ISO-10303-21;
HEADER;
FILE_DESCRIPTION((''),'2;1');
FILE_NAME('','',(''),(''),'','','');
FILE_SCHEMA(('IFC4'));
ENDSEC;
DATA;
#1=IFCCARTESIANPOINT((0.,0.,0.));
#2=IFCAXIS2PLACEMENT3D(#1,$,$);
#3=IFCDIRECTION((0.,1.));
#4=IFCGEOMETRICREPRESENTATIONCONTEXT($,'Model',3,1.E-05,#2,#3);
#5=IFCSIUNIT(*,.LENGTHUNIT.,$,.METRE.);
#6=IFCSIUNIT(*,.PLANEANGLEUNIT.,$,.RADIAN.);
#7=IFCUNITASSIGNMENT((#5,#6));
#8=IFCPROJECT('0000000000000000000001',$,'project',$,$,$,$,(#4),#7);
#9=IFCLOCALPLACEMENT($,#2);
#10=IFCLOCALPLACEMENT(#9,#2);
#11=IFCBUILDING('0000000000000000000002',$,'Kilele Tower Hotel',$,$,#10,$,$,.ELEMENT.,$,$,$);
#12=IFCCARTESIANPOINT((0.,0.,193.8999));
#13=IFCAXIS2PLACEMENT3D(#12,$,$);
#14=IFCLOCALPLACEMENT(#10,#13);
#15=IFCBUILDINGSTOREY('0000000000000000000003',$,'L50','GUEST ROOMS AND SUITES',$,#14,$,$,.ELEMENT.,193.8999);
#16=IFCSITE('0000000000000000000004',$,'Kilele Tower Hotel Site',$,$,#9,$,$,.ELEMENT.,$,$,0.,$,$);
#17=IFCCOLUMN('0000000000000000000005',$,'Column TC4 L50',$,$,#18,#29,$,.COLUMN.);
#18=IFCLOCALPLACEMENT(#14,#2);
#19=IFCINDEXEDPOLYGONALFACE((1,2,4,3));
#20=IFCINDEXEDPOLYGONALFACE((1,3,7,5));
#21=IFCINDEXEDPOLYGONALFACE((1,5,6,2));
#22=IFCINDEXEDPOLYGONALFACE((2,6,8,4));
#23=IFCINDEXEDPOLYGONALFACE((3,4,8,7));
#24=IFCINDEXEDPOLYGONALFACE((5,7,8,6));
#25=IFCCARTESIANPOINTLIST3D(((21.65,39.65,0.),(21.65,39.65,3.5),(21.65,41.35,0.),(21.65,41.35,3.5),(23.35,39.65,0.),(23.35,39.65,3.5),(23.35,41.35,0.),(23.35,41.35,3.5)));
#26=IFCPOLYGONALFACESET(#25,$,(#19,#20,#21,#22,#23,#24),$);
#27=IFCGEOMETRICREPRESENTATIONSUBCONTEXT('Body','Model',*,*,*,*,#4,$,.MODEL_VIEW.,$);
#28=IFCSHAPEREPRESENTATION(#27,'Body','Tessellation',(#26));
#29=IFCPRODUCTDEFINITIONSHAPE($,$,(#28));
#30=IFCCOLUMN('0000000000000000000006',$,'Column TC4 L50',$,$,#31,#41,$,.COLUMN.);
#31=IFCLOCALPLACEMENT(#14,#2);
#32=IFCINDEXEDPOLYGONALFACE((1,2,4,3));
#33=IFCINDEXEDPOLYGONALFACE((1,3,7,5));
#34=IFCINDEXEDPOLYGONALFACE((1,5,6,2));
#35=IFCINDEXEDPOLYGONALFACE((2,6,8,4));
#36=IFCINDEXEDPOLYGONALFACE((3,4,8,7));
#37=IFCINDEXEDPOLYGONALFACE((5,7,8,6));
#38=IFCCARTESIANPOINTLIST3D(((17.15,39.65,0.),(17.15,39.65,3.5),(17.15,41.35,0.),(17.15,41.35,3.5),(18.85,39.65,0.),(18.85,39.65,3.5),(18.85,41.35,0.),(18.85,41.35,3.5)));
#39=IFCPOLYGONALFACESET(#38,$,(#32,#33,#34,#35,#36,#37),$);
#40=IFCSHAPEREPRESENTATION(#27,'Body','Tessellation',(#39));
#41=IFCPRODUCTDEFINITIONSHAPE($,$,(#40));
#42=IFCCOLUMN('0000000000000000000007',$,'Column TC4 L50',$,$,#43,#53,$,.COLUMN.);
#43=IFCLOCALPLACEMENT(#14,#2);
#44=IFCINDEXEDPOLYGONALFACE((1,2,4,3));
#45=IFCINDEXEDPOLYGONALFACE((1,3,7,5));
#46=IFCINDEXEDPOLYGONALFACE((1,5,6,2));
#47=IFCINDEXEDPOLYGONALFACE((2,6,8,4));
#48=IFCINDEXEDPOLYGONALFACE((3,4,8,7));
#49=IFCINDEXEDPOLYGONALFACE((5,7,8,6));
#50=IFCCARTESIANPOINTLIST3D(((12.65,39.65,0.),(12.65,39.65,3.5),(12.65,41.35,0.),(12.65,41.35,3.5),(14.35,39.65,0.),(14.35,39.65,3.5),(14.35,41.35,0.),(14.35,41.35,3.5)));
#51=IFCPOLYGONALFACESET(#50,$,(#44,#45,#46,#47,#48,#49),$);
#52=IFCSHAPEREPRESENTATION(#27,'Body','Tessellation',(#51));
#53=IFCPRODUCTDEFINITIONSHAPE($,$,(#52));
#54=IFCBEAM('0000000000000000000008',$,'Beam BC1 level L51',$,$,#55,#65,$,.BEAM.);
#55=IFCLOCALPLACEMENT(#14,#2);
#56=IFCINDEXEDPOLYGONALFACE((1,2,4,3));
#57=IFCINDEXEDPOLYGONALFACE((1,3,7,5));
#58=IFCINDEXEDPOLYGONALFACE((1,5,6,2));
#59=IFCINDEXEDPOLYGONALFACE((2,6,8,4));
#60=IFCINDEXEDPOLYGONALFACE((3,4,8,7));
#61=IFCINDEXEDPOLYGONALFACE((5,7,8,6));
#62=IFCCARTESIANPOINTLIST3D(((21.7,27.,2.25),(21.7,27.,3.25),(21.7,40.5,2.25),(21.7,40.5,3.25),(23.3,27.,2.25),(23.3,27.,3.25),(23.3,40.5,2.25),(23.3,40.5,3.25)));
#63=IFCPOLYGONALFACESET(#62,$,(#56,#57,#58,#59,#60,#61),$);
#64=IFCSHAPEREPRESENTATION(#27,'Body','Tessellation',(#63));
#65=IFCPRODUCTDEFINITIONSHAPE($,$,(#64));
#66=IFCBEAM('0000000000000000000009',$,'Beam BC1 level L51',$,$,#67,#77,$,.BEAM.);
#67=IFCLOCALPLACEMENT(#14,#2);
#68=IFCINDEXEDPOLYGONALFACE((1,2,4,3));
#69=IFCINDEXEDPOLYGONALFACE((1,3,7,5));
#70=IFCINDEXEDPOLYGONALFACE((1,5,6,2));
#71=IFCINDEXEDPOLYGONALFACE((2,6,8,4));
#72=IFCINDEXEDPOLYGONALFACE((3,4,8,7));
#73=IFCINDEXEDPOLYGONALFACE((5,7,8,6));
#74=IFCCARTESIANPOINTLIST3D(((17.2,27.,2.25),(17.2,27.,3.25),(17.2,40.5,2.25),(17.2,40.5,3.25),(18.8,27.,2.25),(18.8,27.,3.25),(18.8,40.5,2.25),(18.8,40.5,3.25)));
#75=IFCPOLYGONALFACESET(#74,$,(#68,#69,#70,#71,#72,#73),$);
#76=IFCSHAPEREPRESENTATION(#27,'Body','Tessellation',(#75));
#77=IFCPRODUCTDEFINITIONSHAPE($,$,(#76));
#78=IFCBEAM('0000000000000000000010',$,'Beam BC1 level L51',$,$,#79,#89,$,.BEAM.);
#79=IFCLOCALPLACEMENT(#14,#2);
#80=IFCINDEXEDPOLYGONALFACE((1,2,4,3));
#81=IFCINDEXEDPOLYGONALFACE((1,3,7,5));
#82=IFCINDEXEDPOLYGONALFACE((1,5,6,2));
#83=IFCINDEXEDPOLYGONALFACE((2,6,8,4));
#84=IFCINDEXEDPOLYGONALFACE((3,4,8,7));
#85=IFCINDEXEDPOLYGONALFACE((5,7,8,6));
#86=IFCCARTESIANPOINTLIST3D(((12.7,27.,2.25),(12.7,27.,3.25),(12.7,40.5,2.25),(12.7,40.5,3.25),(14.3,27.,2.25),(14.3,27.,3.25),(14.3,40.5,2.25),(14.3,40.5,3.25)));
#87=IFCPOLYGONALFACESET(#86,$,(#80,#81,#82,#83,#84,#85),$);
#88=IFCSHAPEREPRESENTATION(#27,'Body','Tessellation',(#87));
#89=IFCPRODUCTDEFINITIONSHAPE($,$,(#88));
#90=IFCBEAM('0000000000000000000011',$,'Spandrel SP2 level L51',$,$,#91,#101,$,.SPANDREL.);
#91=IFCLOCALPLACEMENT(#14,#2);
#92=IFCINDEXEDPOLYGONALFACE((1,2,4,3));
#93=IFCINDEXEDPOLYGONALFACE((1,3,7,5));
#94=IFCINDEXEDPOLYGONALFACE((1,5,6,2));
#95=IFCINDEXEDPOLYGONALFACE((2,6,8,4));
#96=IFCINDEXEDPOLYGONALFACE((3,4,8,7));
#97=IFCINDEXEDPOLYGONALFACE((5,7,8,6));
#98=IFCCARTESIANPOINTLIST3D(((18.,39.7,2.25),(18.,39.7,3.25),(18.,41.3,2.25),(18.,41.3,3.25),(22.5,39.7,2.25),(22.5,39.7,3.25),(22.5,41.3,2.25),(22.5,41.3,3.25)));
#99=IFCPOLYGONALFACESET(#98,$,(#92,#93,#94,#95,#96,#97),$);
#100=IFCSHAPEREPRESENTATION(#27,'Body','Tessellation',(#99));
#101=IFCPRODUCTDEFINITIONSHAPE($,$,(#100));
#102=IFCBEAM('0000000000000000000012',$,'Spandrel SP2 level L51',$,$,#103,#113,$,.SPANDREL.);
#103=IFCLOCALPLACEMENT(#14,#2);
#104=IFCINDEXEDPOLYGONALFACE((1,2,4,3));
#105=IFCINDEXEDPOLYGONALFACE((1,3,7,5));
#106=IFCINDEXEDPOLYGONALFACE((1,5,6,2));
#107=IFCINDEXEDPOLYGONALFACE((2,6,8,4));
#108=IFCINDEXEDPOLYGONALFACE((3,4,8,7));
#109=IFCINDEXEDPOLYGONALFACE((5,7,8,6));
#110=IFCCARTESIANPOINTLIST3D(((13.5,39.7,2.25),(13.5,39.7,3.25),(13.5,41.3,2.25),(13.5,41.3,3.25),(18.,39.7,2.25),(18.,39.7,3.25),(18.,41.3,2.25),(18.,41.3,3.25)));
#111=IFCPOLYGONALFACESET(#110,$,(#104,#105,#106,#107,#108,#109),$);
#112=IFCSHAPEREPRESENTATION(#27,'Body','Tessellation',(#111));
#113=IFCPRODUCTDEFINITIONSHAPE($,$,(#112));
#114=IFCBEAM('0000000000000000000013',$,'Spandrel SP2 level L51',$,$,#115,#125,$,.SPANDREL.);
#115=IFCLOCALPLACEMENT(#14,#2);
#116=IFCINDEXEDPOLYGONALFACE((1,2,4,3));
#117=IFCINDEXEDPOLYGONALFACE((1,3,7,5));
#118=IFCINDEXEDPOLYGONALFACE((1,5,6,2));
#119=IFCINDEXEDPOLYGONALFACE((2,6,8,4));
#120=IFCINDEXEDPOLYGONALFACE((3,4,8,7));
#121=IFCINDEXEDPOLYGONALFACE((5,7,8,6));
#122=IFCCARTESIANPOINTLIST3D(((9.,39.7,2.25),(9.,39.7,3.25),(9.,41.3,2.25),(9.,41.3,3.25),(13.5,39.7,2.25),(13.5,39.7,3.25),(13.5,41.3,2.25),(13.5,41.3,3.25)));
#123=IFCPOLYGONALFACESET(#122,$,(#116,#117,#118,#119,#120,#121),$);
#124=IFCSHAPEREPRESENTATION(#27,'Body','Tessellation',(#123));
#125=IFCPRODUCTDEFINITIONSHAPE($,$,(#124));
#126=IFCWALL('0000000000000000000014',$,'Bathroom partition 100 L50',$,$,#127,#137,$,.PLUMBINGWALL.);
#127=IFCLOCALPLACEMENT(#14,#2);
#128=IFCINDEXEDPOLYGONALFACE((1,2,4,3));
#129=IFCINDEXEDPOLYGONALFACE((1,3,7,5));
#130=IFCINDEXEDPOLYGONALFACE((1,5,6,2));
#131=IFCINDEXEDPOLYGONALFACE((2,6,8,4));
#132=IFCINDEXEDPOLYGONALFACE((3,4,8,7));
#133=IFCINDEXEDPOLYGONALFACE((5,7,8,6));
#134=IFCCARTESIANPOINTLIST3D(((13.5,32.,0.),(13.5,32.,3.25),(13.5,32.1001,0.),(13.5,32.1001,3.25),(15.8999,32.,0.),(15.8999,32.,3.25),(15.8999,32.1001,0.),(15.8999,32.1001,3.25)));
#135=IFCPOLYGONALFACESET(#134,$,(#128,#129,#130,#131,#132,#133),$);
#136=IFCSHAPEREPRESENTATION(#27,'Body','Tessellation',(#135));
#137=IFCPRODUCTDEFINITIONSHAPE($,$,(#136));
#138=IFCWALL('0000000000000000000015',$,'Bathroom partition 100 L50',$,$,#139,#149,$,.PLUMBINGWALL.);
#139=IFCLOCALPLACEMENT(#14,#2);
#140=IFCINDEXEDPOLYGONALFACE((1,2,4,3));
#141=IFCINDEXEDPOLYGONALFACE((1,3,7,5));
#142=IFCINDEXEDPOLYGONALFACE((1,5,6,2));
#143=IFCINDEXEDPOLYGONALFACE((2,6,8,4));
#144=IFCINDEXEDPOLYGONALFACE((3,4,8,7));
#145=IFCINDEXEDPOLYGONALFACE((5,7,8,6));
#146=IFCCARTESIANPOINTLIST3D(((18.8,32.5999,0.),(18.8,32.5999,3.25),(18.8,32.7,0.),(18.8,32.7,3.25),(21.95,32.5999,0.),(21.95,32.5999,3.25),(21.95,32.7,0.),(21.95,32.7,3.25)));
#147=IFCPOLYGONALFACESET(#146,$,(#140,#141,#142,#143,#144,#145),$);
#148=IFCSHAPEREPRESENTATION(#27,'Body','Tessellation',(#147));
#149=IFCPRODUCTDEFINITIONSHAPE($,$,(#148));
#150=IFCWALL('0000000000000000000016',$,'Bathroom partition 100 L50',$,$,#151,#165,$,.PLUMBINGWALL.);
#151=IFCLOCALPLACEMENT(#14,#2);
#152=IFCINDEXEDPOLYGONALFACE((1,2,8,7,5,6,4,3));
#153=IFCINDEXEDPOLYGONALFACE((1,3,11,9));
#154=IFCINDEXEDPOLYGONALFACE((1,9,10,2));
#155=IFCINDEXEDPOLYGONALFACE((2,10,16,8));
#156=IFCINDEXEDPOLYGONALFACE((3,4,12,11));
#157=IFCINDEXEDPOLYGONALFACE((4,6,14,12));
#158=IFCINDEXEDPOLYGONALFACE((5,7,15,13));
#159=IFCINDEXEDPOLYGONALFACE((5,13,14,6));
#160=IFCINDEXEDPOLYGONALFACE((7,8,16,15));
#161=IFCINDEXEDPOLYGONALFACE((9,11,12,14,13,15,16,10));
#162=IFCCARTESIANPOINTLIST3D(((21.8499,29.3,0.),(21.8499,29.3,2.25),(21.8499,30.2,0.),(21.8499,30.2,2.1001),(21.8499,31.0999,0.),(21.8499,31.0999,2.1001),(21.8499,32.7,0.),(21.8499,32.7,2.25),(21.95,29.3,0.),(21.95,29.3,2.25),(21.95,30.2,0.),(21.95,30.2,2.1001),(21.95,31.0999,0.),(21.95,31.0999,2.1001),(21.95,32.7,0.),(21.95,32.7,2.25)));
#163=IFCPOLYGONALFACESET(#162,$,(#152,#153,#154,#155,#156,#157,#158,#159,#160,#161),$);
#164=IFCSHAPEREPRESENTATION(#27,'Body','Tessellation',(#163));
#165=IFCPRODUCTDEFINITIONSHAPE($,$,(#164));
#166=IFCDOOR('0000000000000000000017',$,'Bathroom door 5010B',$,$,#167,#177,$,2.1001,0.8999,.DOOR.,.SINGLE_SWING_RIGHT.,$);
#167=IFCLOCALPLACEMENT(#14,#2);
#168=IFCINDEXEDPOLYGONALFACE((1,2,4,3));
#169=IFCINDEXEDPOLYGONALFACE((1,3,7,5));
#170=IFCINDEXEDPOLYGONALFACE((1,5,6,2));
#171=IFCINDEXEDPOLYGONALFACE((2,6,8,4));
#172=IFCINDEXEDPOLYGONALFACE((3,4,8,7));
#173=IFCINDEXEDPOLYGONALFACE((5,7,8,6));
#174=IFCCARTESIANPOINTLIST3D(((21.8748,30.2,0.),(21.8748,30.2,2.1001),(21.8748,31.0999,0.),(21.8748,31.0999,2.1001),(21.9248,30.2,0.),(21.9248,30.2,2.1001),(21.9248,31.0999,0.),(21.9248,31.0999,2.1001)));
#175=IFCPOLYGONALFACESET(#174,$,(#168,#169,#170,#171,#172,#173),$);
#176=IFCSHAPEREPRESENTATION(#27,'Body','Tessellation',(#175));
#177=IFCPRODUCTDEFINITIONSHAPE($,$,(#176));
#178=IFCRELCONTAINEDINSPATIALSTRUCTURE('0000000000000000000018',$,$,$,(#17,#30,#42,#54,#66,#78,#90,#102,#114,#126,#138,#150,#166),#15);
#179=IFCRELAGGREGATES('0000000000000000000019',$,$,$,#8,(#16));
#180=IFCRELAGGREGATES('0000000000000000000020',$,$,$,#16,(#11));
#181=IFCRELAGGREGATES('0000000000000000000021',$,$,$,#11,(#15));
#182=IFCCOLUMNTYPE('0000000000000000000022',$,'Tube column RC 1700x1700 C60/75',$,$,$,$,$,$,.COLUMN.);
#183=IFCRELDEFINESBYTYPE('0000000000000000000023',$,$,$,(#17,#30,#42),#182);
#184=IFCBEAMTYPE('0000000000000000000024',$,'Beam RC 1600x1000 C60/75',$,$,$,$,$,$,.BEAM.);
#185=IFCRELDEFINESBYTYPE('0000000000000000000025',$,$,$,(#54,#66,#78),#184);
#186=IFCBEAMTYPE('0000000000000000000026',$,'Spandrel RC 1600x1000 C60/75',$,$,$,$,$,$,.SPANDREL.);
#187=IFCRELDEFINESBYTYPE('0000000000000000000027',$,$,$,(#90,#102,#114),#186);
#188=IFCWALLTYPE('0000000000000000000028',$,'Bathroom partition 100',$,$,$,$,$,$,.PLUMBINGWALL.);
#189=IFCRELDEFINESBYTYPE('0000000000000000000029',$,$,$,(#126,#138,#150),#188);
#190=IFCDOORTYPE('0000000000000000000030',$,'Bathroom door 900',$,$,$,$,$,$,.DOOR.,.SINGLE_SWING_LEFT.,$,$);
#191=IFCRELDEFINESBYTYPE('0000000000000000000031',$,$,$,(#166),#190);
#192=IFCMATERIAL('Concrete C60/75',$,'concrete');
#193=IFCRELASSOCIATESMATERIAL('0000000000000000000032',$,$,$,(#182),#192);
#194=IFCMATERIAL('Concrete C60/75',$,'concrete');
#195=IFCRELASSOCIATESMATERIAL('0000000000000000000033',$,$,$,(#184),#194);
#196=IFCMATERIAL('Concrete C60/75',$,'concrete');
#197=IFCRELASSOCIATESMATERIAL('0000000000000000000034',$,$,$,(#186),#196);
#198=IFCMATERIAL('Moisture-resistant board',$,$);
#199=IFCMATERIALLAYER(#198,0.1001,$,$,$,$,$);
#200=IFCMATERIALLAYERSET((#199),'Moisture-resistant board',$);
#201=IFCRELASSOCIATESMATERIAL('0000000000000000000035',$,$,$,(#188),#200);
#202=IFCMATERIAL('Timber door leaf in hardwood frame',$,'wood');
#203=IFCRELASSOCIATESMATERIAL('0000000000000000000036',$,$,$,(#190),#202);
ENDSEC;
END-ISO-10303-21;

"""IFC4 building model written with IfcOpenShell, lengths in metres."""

from ifc_helpers import new_model, si_unit, direction, frame, frame_2d, origin, origin_2d, place, context, subcontext, project, spatial, rectangle, extrude, material, layer, layer_set, material_profile, profile_set, type_object, element, fill, save


model = new_model("IFC4")

# Units and contexts
model_context = context("Model", 3, precision=1e-05, world=origin(), true_north=direction((0.0, 1.0)))
body_context = subcontext(model_context, "Body", "Model", "MODEL_VIEW")
ifc_project = project(units=[si_unit("LENGTHUNIT", "METRE"), si_unit("PLANEANGLEUNIT", "RADIAN")], contexts=[model_context])

# Site, building, storey
site_placement = place(None, origin())
site = spatial("IfcSite", under=ifc_project, at=site_placement, Name="Kilele Tower Hotel Site", CompositionType="ELEMENT", RefElevation=0.0)
building_placement = place(site_placement, origin())
building = spatial("IfcBuilding", under=site, at=building_placement, Name="Kilele Tower Hotel", CompositionType="ELEMENT")
storey_placement = place(building_placement, frame((0.0, 0.0, 193.8999)))
storey = spatial("IfcBuildingStorey", under=building, at=storey_placement, Name="L50", Description="GUEST ROOMS AND SUITES", CompositionType="ELEMENT", Elevation=193.8999)

# Columns
ifc_material_1 = material(Name="Concrete C60/75", Category="concrete")
ifc_material_profile_1 = material_profile(ifc_material_1, rectangle(XDim=1.7, YDim=1.7, at=origin_2d()))
ifc_profile_set_1 = profile_set([ifc_material_profile_1], Name="Concrete C60/75")
column_type = type_object("IfcColumnType", Name="Tube column RC 1700x1700 C60/75", PredefinedType="COLUMN", material=ifc_profile_set_1)
for number, where, z_axis, x_axis, name in (
    (1, (22.5, 40.5, 0.0), (0.0, 0.0, 1.0), (1.0, 0.0, 0.0), "Column TC4 L50"),
    (2, (18.0, 40.5, 0.0), (0.0, 0.0, 1.0), (1.0, 0.0, 0.0), "Column TC4 L50"),
    (3, (13.5, 40.5, 0.0), (0.0, 0.0, 1.0), (1.0, 0.0, 0.0), "Column TC4 L50"),
):
    element("IfcColumn", number, at=place(storey_placement, frame(where, z_axis=z_axis, x_axis=x_axis)), inside=storey, type_object=column_type, Name=name, PredefinedType="COLUMN", context=body_context, shape_type="SweptSolid", body=[
        extrude(rectangle(XDim=1.7, YDim=1.7, at=origin_2d()), origin(), (0.0, 0.0, 1.0), 3.5),
    ])

# Beams
ifc_material_2 = material(Name="Concrete C60/75", Category="concrete")
ifc_material_profile_2 = material_profile(ifc_material_2, rectangle(XDim=1.6001, YDim=1.0, at=origin_2d()))
ifc_profile_set_2 = profile_set([ifc_material_profile_2], Name="Concrete C60/75")
beam_type_1 = type_object("IfcBeamType", Name="Beam RC 1600x1000 C60/75", PredefinedType="BEAM", material=ifc_profile_set_2)
for number, where, z_axis, x_axis, name in (
    (4, (22.5, 40.5, 2.75), (0.0, -1.0, 0.0), (1.0, 0.0, 0.0), "Beam BC1 level L51"),
    (5, (18.0, 40.5, 2.75), (0.0, -1.0, 0.0), (1.0, 0.0, 0.0), "Beam BC1 level L51"),
    (6, (13.5, 40.5, 2.75), (0.0, -1.0, 0.0), (1.0, 0.0, 0.0), "Beam BC1 level L51"),
):
    element("IfcBeam", number, at=place(storey_placement, frame(where, z_axis=z_axis, x_axis=x_axis)), inside=storey, type_object=beam_type_1, Name=name, PredefinedType="BEAM", context=body_context, shape_type="SweptSolid", body=[
        extrude(rectangle(XDim=1.6001, YDim=1.0, at=origin_2d()), origin(), (0.0, 0.0, 1.0), 13.5),
    ])
ifc_material_3 = material(Name="Concrete C60/75", Category="concrete")
ifc_material_profile_3 = material_profile(ifc_material_3, rectangle(XDim=1.6001, YDim=1.0, at=origin_2d()))
ifc_profile_set_3 = profile_set([ifc_material_profile_3], Name="Concrete C60/75")
beam_type_2 = type_object("IfcBeamType", Name="Spandrel RC 1600x1000 C60/75", PredefinedType="SPANDREL", material=ifc_profile_set_3)
for number, where, z_axis, x_axis, name in (
    (7, (22.5, 40.5, 2.75), (-1.0, 0.0, 0.0), (0.0, -1.0, 0.0), "Spandrel SP2 level L51"),
    (8, (18.0, 40.5, 2.75), (-1.0, 0.0, 0.0), (0.0, -1.0, 0.0), "Spandrel SP2 level L51"),
    (9, (13.5, 40.5, 2.75), (-1.0, 0.0, 0.0), (0.0, -1.0, 0.0), "Spandrel SP2 level L51"),
):
    element("IfcBeam", number, at=place(storey_placement, frame(where, z_axis=z_axis, x_axis=x_axis)), inside=storey, type_object=beam_type_2, Name=name, PredefinedType="SPANDREL", context=body_context, shape_type="SweptSolid", body=[
        extrude(rectangle(XDim=1.6001, YDim=1.0, at=origin_2d()), origin(), (0.0, 0.0, 1.0), 4.5),
    ])

# Walls
ifc_material_4 = material(Name="Moisture-resistant board")
ifc_layer_1 = layer(ifc_material_4, 0.1001)
ifc_layer_set_1 = layer_set([ifc_layer_1], Name="Moisture-resistant board")
wall_type_1 = type_object("IfcWallType", Name="Bathroom partition 100", PredefinedType="PLUMBINGWALL", material=ifc_layer_set_1)
wall_1_placement = place(storey_placement, frame((13.5, 32.05, 0.0), z_axis=(0.0, 0.0, 1.0), x_axis=(1.0, 0.0, 0.0)))
element("IfcWall", 10, at=wall_1_placement, inside=storey, type_object=wall_type_1, Name="Bathroom partition 100 L50", PredefinedType="PLUMBINGWALL", context=body_context, shape_type="SweptSolid", body=[
    extrude(rectangle(XDim=2.3999, YDim=0.1001, at=frame_2d((1.2, 0.0))), origin(), (0.0, 0.0, 1.0), 3.25),
])
wall_2_placement = place(storey_placement, frame((18.8, 32.6499, 0.0), z_axis=(0.0, 0.0, 1.0), x_axis=(1.0, 0.0, 0.0)))
element("IfcWall", 11, at=wall_2_placement, inside=storey, type_object=wall_type_1, Name="Bathroom partition 100 L50", PredefinedType="PLUMBINGWALL", context=body_context, shape_type="SweptSolid", body=[
    extrude(rectangle(XDim=3.1499, YDim=0.1001, at=frame_2d((1.575, 0.0))), origin(), (0.0, 0.0, 1.0), 3.25),
])

# Wall, opening, door
wall_3_placement = place(storey_placement, frame((21.8999, 29.3, 0.0), z_axis=(0.0, 0.0, 1.0), x_axis=(0.0, 1.0, 0.0)))
wall_3 = element("IfcWall", 12, at=wall_3_placement, inside=storey, type_object=wall_type_1, Name="Bathroom partition 100 L50", PredefinedType="PLUMBINGWALL", context=body_context, shape_type="SweptSolid", body=[
    extrude(rectangle(XDim=3.3999, YDim=0.1001, at=frame_2d((1.7, 0.0))), origin(), (0.0, 0.0, 1.0), 2.25),
])
opening_1_placement = place(wall_3_placement, frame((1.7998, 0.0, 0.0), z_axis=(0.0, 0.0, 1.0), x_axis=(-1.0, 0.0, 0.0)))
opening_1 = element("IfcOpeningElement", 13, at=opening_1_placement, cuts=wall_3, PredefinedType="OPENING", context=body_context, shape_type="SweptSolid", body=[
    extrude(rectangle(XDim=0.8999, YDim=2.1001, at=frame_2d((0.45, 1.05))), frame((0.0, 0.0601, 0.0), z_axis=(0.0, -1.0, 0.0), x_axis=(1.0, 0.0, 0.0)), (0.0, 0.0, 1.0), 0.1201),
])
ifc_material_5 = material(Name="Timber door leaf in hardwood frame", Category="wood")
door_type_1 = type_object("IfcDoorType", Name="Bathroom door 900", OperationType="SINGLE_SWING_LEFT", PredefinedType="DOOR", material=ifc_material_5)
door_1_placement = place(opening_1_placement, origin())
door_1 = element("IfcDoor", 14, at=door_1_placement, inside=storey, type_object=door_type_1, Name="Bathroom door 5010B", OperationType="SINGLE_SWING_RIGHT", OverallHeight=2.1001, OverallWidth=0.8999, PredefinedType="DOOR", context=body_context, shape_type="SweptSolid", body=[
    extrude(rectangle(XDim=0.8999, YDim=2.1001, at=frame_2d((0.45, 1.05))), frame((0.0, 0.0249, 0.0), z_axis=(0.0, -1.0, 0.0), x_axis=(1.0, 0.0, 0.0)), (0.0, 0.0, 1.0), 0.05),
])
fill(opening_1, door_1)

save(model, "model.ifc")
